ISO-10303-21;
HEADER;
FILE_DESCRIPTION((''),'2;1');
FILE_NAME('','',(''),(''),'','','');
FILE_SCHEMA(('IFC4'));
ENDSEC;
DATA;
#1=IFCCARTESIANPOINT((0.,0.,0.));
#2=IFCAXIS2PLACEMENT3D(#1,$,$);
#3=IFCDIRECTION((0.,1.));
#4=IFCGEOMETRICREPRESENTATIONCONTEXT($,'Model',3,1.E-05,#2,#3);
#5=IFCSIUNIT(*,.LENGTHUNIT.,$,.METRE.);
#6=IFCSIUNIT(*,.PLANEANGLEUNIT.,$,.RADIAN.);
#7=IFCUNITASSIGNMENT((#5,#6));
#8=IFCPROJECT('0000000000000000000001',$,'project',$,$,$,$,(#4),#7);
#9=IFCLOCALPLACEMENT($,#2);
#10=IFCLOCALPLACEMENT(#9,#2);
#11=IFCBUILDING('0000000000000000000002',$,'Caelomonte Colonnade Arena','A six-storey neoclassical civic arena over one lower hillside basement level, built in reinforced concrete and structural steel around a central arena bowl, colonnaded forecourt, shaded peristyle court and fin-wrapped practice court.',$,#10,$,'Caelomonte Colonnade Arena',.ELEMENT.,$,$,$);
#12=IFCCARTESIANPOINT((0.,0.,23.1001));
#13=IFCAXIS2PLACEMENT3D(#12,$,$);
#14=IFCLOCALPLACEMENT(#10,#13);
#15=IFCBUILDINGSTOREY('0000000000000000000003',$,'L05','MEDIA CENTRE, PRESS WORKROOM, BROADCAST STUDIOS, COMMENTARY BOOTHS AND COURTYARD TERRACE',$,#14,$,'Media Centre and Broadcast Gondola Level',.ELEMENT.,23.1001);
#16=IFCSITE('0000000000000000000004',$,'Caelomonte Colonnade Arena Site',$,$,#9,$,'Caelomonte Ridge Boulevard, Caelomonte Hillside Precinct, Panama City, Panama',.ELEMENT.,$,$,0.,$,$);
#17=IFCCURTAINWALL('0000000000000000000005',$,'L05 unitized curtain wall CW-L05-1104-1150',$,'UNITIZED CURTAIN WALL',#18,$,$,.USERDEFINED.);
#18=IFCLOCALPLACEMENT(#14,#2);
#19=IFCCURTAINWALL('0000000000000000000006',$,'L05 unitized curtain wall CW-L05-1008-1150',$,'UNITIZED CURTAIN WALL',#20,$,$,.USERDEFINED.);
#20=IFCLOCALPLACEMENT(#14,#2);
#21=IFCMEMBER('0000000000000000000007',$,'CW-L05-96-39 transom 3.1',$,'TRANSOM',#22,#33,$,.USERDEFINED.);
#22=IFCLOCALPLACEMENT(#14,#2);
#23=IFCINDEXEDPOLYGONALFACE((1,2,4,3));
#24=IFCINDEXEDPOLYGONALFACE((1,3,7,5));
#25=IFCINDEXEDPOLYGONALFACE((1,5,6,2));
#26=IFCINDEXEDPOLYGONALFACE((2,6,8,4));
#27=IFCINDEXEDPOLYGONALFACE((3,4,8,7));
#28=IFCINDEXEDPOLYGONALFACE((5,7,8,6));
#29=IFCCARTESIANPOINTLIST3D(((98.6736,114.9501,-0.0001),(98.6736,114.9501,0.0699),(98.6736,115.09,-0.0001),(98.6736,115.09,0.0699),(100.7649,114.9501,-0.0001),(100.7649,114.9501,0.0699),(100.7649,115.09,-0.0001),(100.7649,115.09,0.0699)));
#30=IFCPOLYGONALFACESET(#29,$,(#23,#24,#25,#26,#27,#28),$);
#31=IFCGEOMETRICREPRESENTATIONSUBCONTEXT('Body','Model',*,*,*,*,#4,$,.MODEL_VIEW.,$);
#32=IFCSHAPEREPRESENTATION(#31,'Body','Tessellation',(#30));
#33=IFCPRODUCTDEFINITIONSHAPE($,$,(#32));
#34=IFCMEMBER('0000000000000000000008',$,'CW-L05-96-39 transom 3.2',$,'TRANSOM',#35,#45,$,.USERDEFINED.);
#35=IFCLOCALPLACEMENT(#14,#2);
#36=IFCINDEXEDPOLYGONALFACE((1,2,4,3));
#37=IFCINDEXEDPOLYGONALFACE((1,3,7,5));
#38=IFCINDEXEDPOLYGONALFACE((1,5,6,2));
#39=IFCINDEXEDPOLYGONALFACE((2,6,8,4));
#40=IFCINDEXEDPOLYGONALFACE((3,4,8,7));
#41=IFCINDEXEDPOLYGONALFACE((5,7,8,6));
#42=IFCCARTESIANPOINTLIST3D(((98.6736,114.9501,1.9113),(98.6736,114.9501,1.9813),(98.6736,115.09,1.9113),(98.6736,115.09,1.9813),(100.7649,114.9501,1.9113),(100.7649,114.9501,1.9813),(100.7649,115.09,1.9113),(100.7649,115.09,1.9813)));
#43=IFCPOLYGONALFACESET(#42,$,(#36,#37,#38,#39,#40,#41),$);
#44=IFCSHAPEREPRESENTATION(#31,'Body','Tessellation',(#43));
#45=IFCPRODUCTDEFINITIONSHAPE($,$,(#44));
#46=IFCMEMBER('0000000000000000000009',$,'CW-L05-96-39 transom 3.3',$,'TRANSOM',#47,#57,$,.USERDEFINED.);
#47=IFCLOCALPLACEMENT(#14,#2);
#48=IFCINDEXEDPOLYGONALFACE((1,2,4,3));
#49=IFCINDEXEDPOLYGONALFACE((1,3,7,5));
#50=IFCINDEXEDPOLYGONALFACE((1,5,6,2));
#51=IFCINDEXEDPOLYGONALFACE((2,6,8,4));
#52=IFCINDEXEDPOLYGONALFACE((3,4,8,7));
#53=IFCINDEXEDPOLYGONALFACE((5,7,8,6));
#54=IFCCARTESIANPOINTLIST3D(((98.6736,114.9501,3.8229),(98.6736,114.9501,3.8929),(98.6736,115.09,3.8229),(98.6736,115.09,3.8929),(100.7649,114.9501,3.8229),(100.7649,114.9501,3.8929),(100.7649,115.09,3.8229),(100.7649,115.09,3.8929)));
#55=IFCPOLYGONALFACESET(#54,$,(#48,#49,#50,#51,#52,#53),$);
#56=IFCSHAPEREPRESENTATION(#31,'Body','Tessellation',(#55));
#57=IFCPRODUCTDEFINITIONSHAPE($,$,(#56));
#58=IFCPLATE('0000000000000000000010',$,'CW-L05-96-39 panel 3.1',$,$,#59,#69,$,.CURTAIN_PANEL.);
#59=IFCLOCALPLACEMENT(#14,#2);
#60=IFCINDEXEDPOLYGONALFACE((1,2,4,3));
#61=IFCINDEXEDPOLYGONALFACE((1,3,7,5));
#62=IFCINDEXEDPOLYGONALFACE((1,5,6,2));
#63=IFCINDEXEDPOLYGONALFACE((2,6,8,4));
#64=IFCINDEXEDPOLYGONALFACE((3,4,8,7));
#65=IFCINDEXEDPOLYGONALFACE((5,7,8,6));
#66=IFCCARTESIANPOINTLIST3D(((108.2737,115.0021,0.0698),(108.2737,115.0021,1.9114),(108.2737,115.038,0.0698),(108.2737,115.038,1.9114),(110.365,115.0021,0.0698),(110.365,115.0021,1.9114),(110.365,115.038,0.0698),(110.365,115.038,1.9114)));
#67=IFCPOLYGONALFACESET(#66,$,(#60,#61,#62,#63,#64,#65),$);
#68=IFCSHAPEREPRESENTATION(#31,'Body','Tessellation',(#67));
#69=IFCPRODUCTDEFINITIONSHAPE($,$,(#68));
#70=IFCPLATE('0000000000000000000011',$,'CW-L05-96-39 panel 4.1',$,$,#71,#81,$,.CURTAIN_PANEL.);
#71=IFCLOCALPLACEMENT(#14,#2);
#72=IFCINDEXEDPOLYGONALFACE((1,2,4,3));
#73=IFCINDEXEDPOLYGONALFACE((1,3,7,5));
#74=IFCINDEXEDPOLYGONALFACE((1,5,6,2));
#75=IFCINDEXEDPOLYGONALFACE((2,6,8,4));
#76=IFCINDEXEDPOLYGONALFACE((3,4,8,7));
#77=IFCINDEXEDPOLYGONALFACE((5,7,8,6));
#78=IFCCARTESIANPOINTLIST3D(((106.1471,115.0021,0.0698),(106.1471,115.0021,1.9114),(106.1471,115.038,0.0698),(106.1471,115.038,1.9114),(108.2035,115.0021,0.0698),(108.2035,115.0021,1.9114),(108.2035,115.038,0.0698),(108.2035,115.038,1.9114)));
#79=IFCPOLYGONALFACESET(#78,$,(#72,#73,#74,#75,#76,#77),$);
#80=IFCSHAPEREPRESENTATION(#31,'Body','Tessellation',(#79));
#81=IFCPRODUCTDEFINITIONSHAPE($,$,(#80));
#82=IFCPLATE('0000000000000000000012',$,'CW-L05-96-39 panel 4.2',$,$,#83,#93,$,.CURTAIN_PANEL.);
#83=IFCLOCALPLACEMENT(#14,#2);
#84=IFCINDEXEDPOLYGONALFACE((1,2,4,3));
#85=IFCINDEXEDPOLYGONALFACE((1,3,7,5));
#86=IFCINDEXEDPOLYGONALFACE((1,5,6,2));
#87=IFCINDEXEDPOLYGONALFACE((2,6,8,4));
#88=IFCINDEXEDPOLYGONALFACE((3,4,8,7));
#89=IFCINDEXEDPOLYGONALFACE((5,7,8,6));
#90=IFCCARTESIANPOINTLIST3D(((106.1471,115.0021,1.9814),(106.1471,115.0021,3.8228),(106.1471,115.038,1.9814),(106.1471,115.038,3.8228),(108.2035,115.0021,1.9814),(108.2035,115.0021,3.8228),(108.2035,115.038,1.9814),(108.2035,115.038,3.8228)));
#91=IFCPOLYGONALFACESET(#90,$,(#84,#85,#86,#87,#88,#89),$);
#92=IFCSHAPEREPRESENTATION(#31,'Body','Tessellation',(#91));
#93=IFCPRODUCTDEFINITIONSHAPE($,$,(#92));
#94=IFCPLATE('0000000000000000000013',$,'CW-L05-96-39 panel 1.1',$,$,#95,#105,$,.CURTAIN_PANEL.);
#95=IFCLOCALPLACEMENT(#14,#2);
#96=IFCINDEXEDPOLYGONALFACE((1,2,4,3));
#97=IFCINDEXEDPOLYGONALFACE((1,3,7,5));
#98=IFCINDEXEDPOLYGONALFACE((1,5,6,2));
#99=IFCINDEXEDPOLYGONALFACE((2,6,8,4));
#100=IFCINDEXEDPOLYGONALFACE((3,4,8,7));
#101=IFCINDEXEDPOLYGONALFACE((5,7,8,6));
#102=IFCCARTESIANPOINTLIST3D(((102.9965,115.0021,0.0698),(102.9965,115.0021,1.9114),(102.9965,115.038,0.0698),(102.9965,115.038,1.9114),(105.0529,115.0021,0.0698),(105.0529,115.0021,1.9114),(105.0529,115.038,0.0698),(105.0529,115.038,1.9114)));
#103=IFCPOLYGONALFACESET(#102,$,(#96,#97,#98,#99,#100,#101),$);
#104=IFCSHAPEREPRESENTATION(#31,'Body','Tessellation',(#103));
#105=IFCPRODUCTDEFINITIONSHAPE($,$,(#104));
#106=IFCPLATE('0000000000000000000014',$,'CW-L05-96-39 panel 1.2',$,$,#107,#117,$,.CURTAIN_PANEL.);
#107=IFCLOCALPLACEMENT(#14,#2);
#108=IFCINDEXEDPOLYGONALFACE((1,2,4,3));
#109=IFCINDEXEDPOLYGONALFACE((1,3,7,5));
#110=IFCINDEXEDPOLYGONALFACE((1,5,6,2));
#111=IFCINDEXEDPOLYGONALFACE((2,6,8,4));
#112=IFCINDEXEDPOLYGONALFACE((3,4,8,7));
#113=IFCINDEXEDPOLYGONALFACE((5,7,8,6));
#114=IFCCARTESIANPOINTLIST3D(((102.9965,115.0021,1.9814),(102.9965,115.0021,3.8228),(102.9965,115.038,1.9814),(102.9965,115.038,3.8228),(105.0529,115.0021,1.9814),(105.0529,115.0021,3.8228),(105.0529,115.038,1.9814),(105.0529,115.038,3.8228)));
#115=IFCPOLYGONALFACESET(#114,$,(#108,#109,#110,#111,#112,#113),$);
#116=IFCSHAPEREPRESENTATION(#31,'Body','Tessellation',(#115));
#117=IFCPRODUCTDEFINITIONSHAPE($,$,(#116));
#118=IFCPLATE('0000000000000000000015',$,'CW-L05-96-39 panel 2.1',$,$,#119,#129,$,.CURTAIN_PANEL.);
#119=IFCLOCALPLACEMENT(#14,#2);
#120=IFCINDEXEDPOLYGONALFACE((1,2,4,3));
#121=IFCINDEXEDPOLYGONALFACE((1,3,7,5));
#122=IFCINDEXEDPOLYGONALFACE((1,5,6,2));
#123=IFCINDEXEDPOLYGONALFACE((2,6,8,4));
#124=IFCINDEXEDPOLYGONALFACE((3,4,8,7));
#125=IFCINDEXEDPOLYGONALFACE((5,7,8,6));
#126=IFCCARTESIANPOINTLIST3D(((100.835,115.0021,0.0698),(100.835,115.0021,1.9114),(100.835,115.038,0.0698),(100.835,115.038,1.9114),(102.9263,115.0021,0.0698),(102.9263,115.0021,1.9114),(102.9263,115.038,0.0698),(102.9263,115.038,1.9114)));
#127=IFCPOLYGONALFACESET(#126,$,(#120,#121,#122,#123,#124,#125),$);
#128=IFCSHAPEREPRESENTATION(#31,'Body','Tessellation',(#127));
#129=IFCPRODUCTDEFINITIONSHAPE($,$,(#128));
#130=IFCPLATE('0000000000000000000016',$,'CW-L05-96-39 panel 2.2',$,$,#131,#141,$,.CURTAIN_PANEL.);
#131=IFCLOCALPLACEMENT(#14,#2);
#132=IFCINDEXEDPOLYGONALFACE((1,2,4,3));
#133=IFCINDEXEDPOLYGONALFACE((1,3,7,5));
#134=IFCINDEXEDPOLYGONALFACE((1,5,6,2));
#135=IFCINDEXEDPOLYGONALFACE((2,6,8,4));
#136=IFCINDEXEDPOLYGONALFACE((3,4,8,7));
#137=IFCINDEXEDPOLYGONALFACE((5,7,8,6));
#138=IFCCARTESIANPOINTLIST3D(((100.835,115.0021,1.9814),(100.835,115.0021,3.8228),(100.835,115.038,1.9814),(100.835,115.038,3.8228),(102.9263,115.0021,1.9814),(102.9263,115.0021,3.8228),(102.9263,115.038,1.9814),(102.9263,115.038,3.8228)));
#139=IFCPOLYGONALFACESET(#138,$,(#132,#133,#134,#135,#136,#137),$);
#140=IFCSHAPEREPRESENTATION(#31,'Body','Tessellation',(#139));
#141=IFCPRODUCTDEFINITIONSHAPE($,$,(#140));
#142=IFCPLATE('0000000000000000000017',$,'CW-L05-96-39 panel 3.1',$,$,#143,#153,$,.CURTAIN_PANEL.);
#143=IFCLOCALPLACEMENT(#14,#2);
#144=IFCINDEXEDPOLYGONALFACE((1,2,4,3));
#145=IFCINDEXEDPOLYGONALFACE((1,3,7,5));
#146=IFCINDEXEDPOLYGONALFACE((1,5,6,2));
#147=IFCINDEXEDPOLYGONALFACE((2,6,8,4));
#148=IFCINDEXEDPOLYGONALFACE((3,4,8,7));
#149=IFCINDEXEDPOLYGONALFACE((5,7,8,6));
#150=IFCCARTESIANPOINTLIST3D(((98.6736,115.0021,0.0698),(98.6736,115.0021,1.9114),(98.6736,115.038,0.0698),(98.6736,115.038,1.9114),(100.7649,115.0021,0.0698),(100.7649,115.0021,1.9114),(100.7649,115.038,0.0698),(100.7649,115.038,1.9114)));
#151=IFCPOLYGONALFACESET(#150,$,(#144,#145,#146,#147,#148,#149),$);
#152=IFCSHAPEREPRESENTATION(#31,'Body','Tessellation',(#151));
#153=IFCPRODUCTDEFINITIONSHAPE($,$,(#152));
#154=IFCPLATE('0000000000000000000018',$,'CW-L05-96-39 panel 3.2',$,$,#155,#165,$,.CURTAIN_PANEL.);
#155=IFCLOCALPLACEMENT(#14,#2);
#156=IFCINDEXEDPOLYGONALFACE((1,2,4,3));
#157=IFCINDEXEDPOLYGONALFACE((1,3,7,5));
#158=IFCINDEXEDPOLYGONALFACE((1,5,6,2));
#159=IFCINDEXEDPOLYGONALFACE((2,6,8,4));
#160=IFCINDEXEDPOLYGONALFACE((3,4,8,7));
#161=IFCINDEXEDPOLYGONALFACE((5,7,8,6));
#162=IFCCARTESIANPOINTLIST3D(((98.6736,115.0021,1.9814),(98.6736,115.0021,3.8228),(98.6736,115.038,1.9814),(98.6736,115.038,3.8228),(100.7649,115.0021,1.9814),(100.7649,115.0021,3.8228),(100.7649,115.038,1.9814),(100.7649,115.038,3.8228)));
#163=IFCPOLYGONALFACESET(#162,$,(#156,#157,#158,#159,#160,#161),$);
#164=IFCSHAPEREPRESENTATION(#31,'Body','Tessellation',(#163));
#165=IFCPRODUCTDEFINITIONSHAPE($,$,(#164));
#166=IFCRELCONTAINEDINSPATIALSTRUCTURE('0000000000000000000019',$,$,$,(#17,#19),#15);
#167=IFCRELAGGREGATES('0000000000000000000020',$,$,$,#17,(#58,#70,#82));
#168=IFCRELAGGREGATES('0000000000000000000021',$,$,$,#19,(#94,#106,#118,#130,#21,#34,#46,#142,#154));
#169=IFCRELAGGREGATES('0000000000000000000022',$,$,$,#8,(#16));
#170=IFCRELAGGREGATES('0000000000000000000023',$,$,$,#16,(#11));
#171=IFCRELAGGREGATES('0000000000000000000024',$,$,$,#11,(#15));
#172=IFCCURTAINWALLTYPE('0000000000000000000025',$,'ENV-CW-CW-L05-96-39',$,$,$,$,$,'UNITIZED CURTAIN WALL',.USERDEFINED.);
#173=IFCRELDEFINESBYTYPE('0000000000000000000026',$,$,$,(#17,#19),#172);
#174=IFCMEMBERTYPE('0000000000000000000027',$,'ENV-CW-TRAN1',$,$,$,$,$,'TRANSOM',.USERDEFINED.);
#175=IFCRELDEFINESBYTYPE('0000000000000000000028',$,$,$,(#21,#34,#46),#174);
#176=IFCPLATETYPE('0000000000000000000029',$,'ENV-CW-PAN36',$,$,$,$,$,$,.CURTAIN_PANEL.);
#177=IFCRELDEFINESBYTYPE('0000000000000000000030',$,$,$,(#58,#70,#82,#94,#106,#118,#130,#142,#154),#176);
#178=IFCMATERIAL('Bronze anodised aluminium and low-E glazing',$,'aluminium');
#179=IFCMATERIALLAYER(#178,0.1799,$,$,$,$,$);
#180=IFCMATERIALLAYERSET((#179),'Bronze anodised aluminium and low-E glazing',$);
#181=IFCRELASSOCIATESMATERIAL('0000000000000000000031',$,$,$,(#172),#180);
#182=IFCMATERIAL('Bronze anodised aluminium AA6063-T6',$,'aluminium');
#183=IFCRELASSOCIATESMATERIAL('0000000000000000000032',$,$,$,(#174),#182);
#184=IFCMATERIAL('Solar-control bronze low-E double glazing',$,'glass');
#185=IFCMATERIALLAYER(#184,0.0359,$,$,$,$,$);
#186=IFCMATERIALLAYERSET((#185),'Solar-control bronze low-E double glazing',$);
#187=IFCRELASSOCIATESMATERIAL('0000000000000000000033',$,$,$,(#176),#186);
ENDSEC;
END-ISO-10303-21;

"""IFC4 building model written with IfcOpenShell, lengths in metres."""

from ifc_helpers import new_model, si_unit, direction, frame, origin, origin_2d, place, context, subcontext, project, spatial, rectangle, extrude, material, layer, layer_set, material_profile, profile_set, type_object, element, aggregate, save


model = new_model("IFC4")

# Units and contexts
model_context = context("Model", 3, precision=1e-05, world=origin(), true_north=direction((0.0, 1.0)))
body_context = subcontext(model_context, "Body", "Model", "MODEL_VIEW")
ifc_project = project(units=[si_unit("LENGTHUNIT", "METRE"), si_unit("PLANEANGLEUNIT", "RADIAN")], contexts=[model_context])

# Site, building, storey
site_placement = place(None, origin())
site = spatial("IfcSite", under=ifc_project, at=site_placement, Name="Caelomonte Colonnade Arena Site", LongName="Caelomonte Ridge Boulevard, Caelomonte Hillside Precinct, Panama City, Panama", CompositionType="ELEMENT", RefElevation=0.0)
building_placement = place(site_placement, origin())
building = spatial("IfcBuilding", under=site, at=building_placement, Name="Caelomonte Colonnade Arena", Description="A six-storey neoclassical civic arena over one lower hillside basement level, built in reinforced concrete and structural steel around a central arena bowl, colonnaded forecourt, shaded peristyle court and fin-wrapped practice court.", LongName="Caelomonte Colonnade Arena", CompositionType="ELEMENT")
storey_placement = place(building_placement, frame((0.0, 0.0, 23.1001)))
storey = spatial("IfcBuildingStorey", under=building, at=storey_placement, Name="L05", Description="MEDIA CENTRE, PRESS WORKROOM, BROADCAST STUDIOS, COMMENTARY BOOTHS AND COURTYARD TERRACE", LongName="Media Centre and Broadcast Gondola Level", CompositionType="ELEMENT", Elevation=23.1001)

# Curtain walls
ifc_material_1 = material(Name="Bronze anodised aluminium and low-E glazing", Category="aluminium")
ifc_layer_1 = layer(ifc_material_1, 0.1799)
ifc_layer_set_1 = layer_set([ifc_layer_1], Name="Bronze anodised aluminium and low-E glazing")
curtain_wall_type = type_object("IfcCurtainWallType", Name="ENV-CW-CW-L05-96-39", ElementType="UNITIZED CURTAIN WALL", PredefinedType="USERDEFINED", material=ifc_layer_set_1)
curtain_wall_1_placement = place(storey_placement, origin())
curtain_wall_1 = element("IfcCurtainWall", 1, at=curtain_wall_1_placement, inside=storey, type_object=curtain_wall_type, Name="L05 unitized curtain wall CW-L05-1104-1150", ObjectType="UNITIZED CURTAIN WALL", PredefinedType="USERDEFINED")
ifc_material_2 = material(Name="Bronze anodised aluminium AA6063-T6", Category="aluminium")
curtain_wall_2_placement = place(storey_placement, origin())
curtain_wall_2 = element("IfcCurtainWall", 2, at=curtain_wall_2_placement, inside=storey, type_object=curtain_wall_type, Name="L05 unitized curtain wall CW-L05-1008-1150", ObjectType="UNITIZED CURTAIN WALL", PredefinedType="USERDEFINED")

# Members
ifc_material_profile_1 = material_profile(ifc_material_2, rectangle(XDim=0.0701, YDim=0.1399, at=origin_2d()), Name="CWT-70X140")
ifc_profile_set_1 = profile_set([ifc_material_profile_1], Name="Bronze anodised aluminium AA6063-T6")
member_type_1 = type_object("IfcMemberType", Name="ENV-CW-TRAN1", ElementType="TRANSOM", PredefinedType="USERDEFINED", material=ifc_profile_set_1)
member_1_placement = place(storey_placement, frame((100.7649, 115.02, 0.0349), z_axis=(-1.0, 0.0, 0.0), x_axis=(0.0, 0.0, 1.0)))
member_1 = element("IfcMember", 3, at=member_1_placement, type_object=member_type_1, Name="CW-L05-96-39 transom 3.1", ObjectType="TRANSOM", PredefinedType="USERDEFINED", context=body_context, shape_type="SweptSolid", body=[
    extrude(rectangle(XDim=0.0701, YDim=0.1399, at=origin_2d()), origin(), (0.0, 0.0, 1.0), 2.0913),
])
member_2_placement = place(storey_placement, frame((100.7649, 115.02, 1.9463), z_axis=(-1.0, 0.0, 0.0), x_axis=(0.0, 0.0, 1.0)))
member_2 = element("IfcMember", 4, at=member_2_placement, type_object=member_type_1, Name="CW-L05-96-39 transom 3.2", ObjectType="TRANSOM", PredefinedType="USERDEFINED", context=body_context, shape_type="SweptSolid", body=[
    extrude(rectangle(XDim=0.0701, YDim=0.1399, at=origin_2d()), origin(), (0.0, 0.0, 1.0), 2.0913),
])
member_3_placement = place(storey_placement, frame((100.7649, 115.02, 3.8579), z_axis=(-1.0, 0.0, 0.0), x_axis=(0.0, 0.0, 1.0)))
member_3 = element("IfcMember", 5, at=member_3_placement, type_object=member_type_1, Name="CW-L05-96-39 transom 3.3", ObjectType="TRANSOM", PredefinedType="USERDEFINED", context=body_context, shape_type="SweptSolid", body=[
    extrude(rectangle(XDim=0.0701, YDim=0.1399, at=origin_2d()), origin(), (0.0, 0.0, 1.0), 2.0913),
])

# Plates
ifc_material_3 = material(Name="Solar-control bronze low-E double glazing", Category="glass")
ifc_layer_2 = layer(ifc_material_3, 0.0359)
ifc_layer_set_2 = layer_set([ifc_layer_2], Name="Solar-control bronze low-E double glazing")
plate_type = type_object("IfcPlateType", Name="ENV-CW-PAN36", PredefinedType="CURTAIN_PANEL", material=ifc_layer_set_2)
plate_1_placement = place(storey_placement, frame((109.3193, 115.02, 0.0698), z_axis=(0.0, 0.0, 1.0), x_axis=(-1.0, 0.0, 0.0)))
plate_1 = element("IfcPlate", 6, at=plate_1_placement, type_object=plate_type, Name="CW-L05-96-39 panel 3.1", PredefinedType="CURTAIN_PANEL", context=body_context, shape_type="SweptSolid", body=[
    extrude(rectangle(XDim=2.0913, YDim=0.0359, at=origin_2d()), origin(), (0.0, 0.0, 1.0), 1.8416),
])
plate_2_placement = place(storey_placement, frame((107.1753, 115.02, 0.0698), z_axis=(0.0, 0.0, 1.0), x_axis=(-1.0, 0.0, 0.0)))
plate_2 = element("IfcPlate", 7, at=plate_2_placement, type_object=plate_type, Name="CW-L05-96-39 panel 4.1", PredefinedType="CURTAIN_PANEL", context=body_context, shape_type="SweptSolid", body=[
    extrude(rectangle(XDim=2.0564, YDim=0.0359, at=origin_2d()), origin(), (0.0, 0.0, 1.0), 1.8416),
])
plate_3_placement = place(storey_placement, frame((107.1753, 115.02, 1.9814), z_axis=(0.0, 0.0, 1.0), x_axis=(-1.0, 0.0, 0.0)))
plate_3 = element("IfcPlate", 8, at=plate_3_placement, type_object=plate_type, Name="CW-L05-96-39 panel 4.2", PredefinedType="CURTAIN_PANEL", context=body_context, shape_type="SweptSolid", body=[
    extrude(rectangle(XDim=2.0564, YDim=0.0359, at=origin_2d()), origin(), (0.0, 0.0, 1.0), 1.8413),
])
aggregate(curtain_wall_1, [plate_1, plate_2, plate_3])
plate_4_placement = place(storey_placement, frame((104.0247, 115.02, 0.0698), z_axis=(0.0, 0.0, 1.0), x_axis=(-1.0, 0.0, 0.0)))
plate_4 = element("IfcPlate", 9, at=plate_4_placement, type_object=plate_type, Name="CW-L05-96-39 panel 1.1", PredefinedType="CURTAIN_PANEL", context=body_context, shape_type="SweptSolid", body=[
    extrude(rectangle(XDim=2.0564, YDim=0.0359, at=origin_2d()), origin(), (0.0, 0.0, 1.0), 1.8416),
])
plate_5_placement = place(storey_placement, frame((104.0247, 115.02, 1.9814), z_axis=(0.0, 0.0, 1.0), x_axis=(-1.0, 0.0, 0.0)))
plate_5 = element("IfcPlate", 10, at=plate_5_placement, type_object=plate_type, Name="CW-L05-96-39 panel 1.2", PredefinedType="CURTAIN_PANEL", context=body_context, shape_type="SweptSolid", body=[
    extrude(rectangle(XDim=2.0564, YDim=0.0359, at=origin_2d()), origin(), (0.0, 0.0, 1.0), 1.8413),
])
plate_6_placement = place(storey_placement, frame((101.8806, 115.02, 0.0698), z_axis=(0.0, 0.0, 1.0), x_axis=(-1.0, 0.0, 0.0)))
plate_6 = element("IfcPlate", 11, at=plate_6_placement, type_object=plate_type, Name="CW-L05-96-39 panel 2.1", PredefinedType="CURTAIN_PANEL", context=body_context, shape_type="SweptSolid", body=[
    extrude(rectangle(XDim=2.0913, YDim=0.0359, at=origin_2d()), origin(), (0.0, 0.0, 1.0), 1.8416),
])
plate_7_placement = place(storey_placement, frame((101.8806, 115.02, 1.9814), z_axis=(0.0, 0.0, 1.0), x_axis=(-1.0, 0.0, 0.0)))
plate_7 = element("IfcPlate", 12, at=plate_7_placement, type_object=plate_type, Name="CW-L05-96-39 panel 2.2", PredefinedType="CURTAIN_PANEL", context=body_context, shape_type="SweptSolid", body=[
    extrude(rectangle(XDim=2.0913, YDim=0.0359, at=origin_2d()), origin(), (0.0, 0.0, 1.0), 1.8413),
])
plate_8_placement = place(storey_placement, frame((99.7192, 115.02, 0.0698), z_axis=(0.0, 0.0, 1.0), x_axis=(-1.0, 0.0, 0.0)))
plate_8 = element("IfcPlate", 13, at=plate_8_placement, type_object=plate_type, Name="CW-L05-96-39 panel 3.1", PredefinedType="CURTAIN_PANEL", context=body_context, shape_type="SweptSolid", body=[
    extrude(rectangle(XDim=2.0913, YDim=0.0359, at=origin_2d()), origin(), (0.0, 0.0, 1.0), 1.8416),
])
plate_9_placement = place(storey_placement, frame((99.7192, 115.02, 1.9814), z_axis=(0.0, 0.0, 1.0), x_axis=(-1.0, 0.0, 0.0)))
plate_9 = element("IfcPlate", 14, at=plate_9_placement, type_object=plate_type, Name="CW-L05-96-39 panel 3.2", PredefinedType="CURTAIN_PANEL", context=body_context, shape_type="SweptSolid", body=[
    extrude(rectangle(XDim=2.0913, YDim=0.0359, at=origin_2d()), origin(), (0.0, 0.0, 1.0), 1.8413),
])
aggregate(curtain_wall_2, [plate_4, plate_5, plate_6, plate_7, member_1, member_2, member_3, plate_8, plate_9])

save(model, "model.ifc")
